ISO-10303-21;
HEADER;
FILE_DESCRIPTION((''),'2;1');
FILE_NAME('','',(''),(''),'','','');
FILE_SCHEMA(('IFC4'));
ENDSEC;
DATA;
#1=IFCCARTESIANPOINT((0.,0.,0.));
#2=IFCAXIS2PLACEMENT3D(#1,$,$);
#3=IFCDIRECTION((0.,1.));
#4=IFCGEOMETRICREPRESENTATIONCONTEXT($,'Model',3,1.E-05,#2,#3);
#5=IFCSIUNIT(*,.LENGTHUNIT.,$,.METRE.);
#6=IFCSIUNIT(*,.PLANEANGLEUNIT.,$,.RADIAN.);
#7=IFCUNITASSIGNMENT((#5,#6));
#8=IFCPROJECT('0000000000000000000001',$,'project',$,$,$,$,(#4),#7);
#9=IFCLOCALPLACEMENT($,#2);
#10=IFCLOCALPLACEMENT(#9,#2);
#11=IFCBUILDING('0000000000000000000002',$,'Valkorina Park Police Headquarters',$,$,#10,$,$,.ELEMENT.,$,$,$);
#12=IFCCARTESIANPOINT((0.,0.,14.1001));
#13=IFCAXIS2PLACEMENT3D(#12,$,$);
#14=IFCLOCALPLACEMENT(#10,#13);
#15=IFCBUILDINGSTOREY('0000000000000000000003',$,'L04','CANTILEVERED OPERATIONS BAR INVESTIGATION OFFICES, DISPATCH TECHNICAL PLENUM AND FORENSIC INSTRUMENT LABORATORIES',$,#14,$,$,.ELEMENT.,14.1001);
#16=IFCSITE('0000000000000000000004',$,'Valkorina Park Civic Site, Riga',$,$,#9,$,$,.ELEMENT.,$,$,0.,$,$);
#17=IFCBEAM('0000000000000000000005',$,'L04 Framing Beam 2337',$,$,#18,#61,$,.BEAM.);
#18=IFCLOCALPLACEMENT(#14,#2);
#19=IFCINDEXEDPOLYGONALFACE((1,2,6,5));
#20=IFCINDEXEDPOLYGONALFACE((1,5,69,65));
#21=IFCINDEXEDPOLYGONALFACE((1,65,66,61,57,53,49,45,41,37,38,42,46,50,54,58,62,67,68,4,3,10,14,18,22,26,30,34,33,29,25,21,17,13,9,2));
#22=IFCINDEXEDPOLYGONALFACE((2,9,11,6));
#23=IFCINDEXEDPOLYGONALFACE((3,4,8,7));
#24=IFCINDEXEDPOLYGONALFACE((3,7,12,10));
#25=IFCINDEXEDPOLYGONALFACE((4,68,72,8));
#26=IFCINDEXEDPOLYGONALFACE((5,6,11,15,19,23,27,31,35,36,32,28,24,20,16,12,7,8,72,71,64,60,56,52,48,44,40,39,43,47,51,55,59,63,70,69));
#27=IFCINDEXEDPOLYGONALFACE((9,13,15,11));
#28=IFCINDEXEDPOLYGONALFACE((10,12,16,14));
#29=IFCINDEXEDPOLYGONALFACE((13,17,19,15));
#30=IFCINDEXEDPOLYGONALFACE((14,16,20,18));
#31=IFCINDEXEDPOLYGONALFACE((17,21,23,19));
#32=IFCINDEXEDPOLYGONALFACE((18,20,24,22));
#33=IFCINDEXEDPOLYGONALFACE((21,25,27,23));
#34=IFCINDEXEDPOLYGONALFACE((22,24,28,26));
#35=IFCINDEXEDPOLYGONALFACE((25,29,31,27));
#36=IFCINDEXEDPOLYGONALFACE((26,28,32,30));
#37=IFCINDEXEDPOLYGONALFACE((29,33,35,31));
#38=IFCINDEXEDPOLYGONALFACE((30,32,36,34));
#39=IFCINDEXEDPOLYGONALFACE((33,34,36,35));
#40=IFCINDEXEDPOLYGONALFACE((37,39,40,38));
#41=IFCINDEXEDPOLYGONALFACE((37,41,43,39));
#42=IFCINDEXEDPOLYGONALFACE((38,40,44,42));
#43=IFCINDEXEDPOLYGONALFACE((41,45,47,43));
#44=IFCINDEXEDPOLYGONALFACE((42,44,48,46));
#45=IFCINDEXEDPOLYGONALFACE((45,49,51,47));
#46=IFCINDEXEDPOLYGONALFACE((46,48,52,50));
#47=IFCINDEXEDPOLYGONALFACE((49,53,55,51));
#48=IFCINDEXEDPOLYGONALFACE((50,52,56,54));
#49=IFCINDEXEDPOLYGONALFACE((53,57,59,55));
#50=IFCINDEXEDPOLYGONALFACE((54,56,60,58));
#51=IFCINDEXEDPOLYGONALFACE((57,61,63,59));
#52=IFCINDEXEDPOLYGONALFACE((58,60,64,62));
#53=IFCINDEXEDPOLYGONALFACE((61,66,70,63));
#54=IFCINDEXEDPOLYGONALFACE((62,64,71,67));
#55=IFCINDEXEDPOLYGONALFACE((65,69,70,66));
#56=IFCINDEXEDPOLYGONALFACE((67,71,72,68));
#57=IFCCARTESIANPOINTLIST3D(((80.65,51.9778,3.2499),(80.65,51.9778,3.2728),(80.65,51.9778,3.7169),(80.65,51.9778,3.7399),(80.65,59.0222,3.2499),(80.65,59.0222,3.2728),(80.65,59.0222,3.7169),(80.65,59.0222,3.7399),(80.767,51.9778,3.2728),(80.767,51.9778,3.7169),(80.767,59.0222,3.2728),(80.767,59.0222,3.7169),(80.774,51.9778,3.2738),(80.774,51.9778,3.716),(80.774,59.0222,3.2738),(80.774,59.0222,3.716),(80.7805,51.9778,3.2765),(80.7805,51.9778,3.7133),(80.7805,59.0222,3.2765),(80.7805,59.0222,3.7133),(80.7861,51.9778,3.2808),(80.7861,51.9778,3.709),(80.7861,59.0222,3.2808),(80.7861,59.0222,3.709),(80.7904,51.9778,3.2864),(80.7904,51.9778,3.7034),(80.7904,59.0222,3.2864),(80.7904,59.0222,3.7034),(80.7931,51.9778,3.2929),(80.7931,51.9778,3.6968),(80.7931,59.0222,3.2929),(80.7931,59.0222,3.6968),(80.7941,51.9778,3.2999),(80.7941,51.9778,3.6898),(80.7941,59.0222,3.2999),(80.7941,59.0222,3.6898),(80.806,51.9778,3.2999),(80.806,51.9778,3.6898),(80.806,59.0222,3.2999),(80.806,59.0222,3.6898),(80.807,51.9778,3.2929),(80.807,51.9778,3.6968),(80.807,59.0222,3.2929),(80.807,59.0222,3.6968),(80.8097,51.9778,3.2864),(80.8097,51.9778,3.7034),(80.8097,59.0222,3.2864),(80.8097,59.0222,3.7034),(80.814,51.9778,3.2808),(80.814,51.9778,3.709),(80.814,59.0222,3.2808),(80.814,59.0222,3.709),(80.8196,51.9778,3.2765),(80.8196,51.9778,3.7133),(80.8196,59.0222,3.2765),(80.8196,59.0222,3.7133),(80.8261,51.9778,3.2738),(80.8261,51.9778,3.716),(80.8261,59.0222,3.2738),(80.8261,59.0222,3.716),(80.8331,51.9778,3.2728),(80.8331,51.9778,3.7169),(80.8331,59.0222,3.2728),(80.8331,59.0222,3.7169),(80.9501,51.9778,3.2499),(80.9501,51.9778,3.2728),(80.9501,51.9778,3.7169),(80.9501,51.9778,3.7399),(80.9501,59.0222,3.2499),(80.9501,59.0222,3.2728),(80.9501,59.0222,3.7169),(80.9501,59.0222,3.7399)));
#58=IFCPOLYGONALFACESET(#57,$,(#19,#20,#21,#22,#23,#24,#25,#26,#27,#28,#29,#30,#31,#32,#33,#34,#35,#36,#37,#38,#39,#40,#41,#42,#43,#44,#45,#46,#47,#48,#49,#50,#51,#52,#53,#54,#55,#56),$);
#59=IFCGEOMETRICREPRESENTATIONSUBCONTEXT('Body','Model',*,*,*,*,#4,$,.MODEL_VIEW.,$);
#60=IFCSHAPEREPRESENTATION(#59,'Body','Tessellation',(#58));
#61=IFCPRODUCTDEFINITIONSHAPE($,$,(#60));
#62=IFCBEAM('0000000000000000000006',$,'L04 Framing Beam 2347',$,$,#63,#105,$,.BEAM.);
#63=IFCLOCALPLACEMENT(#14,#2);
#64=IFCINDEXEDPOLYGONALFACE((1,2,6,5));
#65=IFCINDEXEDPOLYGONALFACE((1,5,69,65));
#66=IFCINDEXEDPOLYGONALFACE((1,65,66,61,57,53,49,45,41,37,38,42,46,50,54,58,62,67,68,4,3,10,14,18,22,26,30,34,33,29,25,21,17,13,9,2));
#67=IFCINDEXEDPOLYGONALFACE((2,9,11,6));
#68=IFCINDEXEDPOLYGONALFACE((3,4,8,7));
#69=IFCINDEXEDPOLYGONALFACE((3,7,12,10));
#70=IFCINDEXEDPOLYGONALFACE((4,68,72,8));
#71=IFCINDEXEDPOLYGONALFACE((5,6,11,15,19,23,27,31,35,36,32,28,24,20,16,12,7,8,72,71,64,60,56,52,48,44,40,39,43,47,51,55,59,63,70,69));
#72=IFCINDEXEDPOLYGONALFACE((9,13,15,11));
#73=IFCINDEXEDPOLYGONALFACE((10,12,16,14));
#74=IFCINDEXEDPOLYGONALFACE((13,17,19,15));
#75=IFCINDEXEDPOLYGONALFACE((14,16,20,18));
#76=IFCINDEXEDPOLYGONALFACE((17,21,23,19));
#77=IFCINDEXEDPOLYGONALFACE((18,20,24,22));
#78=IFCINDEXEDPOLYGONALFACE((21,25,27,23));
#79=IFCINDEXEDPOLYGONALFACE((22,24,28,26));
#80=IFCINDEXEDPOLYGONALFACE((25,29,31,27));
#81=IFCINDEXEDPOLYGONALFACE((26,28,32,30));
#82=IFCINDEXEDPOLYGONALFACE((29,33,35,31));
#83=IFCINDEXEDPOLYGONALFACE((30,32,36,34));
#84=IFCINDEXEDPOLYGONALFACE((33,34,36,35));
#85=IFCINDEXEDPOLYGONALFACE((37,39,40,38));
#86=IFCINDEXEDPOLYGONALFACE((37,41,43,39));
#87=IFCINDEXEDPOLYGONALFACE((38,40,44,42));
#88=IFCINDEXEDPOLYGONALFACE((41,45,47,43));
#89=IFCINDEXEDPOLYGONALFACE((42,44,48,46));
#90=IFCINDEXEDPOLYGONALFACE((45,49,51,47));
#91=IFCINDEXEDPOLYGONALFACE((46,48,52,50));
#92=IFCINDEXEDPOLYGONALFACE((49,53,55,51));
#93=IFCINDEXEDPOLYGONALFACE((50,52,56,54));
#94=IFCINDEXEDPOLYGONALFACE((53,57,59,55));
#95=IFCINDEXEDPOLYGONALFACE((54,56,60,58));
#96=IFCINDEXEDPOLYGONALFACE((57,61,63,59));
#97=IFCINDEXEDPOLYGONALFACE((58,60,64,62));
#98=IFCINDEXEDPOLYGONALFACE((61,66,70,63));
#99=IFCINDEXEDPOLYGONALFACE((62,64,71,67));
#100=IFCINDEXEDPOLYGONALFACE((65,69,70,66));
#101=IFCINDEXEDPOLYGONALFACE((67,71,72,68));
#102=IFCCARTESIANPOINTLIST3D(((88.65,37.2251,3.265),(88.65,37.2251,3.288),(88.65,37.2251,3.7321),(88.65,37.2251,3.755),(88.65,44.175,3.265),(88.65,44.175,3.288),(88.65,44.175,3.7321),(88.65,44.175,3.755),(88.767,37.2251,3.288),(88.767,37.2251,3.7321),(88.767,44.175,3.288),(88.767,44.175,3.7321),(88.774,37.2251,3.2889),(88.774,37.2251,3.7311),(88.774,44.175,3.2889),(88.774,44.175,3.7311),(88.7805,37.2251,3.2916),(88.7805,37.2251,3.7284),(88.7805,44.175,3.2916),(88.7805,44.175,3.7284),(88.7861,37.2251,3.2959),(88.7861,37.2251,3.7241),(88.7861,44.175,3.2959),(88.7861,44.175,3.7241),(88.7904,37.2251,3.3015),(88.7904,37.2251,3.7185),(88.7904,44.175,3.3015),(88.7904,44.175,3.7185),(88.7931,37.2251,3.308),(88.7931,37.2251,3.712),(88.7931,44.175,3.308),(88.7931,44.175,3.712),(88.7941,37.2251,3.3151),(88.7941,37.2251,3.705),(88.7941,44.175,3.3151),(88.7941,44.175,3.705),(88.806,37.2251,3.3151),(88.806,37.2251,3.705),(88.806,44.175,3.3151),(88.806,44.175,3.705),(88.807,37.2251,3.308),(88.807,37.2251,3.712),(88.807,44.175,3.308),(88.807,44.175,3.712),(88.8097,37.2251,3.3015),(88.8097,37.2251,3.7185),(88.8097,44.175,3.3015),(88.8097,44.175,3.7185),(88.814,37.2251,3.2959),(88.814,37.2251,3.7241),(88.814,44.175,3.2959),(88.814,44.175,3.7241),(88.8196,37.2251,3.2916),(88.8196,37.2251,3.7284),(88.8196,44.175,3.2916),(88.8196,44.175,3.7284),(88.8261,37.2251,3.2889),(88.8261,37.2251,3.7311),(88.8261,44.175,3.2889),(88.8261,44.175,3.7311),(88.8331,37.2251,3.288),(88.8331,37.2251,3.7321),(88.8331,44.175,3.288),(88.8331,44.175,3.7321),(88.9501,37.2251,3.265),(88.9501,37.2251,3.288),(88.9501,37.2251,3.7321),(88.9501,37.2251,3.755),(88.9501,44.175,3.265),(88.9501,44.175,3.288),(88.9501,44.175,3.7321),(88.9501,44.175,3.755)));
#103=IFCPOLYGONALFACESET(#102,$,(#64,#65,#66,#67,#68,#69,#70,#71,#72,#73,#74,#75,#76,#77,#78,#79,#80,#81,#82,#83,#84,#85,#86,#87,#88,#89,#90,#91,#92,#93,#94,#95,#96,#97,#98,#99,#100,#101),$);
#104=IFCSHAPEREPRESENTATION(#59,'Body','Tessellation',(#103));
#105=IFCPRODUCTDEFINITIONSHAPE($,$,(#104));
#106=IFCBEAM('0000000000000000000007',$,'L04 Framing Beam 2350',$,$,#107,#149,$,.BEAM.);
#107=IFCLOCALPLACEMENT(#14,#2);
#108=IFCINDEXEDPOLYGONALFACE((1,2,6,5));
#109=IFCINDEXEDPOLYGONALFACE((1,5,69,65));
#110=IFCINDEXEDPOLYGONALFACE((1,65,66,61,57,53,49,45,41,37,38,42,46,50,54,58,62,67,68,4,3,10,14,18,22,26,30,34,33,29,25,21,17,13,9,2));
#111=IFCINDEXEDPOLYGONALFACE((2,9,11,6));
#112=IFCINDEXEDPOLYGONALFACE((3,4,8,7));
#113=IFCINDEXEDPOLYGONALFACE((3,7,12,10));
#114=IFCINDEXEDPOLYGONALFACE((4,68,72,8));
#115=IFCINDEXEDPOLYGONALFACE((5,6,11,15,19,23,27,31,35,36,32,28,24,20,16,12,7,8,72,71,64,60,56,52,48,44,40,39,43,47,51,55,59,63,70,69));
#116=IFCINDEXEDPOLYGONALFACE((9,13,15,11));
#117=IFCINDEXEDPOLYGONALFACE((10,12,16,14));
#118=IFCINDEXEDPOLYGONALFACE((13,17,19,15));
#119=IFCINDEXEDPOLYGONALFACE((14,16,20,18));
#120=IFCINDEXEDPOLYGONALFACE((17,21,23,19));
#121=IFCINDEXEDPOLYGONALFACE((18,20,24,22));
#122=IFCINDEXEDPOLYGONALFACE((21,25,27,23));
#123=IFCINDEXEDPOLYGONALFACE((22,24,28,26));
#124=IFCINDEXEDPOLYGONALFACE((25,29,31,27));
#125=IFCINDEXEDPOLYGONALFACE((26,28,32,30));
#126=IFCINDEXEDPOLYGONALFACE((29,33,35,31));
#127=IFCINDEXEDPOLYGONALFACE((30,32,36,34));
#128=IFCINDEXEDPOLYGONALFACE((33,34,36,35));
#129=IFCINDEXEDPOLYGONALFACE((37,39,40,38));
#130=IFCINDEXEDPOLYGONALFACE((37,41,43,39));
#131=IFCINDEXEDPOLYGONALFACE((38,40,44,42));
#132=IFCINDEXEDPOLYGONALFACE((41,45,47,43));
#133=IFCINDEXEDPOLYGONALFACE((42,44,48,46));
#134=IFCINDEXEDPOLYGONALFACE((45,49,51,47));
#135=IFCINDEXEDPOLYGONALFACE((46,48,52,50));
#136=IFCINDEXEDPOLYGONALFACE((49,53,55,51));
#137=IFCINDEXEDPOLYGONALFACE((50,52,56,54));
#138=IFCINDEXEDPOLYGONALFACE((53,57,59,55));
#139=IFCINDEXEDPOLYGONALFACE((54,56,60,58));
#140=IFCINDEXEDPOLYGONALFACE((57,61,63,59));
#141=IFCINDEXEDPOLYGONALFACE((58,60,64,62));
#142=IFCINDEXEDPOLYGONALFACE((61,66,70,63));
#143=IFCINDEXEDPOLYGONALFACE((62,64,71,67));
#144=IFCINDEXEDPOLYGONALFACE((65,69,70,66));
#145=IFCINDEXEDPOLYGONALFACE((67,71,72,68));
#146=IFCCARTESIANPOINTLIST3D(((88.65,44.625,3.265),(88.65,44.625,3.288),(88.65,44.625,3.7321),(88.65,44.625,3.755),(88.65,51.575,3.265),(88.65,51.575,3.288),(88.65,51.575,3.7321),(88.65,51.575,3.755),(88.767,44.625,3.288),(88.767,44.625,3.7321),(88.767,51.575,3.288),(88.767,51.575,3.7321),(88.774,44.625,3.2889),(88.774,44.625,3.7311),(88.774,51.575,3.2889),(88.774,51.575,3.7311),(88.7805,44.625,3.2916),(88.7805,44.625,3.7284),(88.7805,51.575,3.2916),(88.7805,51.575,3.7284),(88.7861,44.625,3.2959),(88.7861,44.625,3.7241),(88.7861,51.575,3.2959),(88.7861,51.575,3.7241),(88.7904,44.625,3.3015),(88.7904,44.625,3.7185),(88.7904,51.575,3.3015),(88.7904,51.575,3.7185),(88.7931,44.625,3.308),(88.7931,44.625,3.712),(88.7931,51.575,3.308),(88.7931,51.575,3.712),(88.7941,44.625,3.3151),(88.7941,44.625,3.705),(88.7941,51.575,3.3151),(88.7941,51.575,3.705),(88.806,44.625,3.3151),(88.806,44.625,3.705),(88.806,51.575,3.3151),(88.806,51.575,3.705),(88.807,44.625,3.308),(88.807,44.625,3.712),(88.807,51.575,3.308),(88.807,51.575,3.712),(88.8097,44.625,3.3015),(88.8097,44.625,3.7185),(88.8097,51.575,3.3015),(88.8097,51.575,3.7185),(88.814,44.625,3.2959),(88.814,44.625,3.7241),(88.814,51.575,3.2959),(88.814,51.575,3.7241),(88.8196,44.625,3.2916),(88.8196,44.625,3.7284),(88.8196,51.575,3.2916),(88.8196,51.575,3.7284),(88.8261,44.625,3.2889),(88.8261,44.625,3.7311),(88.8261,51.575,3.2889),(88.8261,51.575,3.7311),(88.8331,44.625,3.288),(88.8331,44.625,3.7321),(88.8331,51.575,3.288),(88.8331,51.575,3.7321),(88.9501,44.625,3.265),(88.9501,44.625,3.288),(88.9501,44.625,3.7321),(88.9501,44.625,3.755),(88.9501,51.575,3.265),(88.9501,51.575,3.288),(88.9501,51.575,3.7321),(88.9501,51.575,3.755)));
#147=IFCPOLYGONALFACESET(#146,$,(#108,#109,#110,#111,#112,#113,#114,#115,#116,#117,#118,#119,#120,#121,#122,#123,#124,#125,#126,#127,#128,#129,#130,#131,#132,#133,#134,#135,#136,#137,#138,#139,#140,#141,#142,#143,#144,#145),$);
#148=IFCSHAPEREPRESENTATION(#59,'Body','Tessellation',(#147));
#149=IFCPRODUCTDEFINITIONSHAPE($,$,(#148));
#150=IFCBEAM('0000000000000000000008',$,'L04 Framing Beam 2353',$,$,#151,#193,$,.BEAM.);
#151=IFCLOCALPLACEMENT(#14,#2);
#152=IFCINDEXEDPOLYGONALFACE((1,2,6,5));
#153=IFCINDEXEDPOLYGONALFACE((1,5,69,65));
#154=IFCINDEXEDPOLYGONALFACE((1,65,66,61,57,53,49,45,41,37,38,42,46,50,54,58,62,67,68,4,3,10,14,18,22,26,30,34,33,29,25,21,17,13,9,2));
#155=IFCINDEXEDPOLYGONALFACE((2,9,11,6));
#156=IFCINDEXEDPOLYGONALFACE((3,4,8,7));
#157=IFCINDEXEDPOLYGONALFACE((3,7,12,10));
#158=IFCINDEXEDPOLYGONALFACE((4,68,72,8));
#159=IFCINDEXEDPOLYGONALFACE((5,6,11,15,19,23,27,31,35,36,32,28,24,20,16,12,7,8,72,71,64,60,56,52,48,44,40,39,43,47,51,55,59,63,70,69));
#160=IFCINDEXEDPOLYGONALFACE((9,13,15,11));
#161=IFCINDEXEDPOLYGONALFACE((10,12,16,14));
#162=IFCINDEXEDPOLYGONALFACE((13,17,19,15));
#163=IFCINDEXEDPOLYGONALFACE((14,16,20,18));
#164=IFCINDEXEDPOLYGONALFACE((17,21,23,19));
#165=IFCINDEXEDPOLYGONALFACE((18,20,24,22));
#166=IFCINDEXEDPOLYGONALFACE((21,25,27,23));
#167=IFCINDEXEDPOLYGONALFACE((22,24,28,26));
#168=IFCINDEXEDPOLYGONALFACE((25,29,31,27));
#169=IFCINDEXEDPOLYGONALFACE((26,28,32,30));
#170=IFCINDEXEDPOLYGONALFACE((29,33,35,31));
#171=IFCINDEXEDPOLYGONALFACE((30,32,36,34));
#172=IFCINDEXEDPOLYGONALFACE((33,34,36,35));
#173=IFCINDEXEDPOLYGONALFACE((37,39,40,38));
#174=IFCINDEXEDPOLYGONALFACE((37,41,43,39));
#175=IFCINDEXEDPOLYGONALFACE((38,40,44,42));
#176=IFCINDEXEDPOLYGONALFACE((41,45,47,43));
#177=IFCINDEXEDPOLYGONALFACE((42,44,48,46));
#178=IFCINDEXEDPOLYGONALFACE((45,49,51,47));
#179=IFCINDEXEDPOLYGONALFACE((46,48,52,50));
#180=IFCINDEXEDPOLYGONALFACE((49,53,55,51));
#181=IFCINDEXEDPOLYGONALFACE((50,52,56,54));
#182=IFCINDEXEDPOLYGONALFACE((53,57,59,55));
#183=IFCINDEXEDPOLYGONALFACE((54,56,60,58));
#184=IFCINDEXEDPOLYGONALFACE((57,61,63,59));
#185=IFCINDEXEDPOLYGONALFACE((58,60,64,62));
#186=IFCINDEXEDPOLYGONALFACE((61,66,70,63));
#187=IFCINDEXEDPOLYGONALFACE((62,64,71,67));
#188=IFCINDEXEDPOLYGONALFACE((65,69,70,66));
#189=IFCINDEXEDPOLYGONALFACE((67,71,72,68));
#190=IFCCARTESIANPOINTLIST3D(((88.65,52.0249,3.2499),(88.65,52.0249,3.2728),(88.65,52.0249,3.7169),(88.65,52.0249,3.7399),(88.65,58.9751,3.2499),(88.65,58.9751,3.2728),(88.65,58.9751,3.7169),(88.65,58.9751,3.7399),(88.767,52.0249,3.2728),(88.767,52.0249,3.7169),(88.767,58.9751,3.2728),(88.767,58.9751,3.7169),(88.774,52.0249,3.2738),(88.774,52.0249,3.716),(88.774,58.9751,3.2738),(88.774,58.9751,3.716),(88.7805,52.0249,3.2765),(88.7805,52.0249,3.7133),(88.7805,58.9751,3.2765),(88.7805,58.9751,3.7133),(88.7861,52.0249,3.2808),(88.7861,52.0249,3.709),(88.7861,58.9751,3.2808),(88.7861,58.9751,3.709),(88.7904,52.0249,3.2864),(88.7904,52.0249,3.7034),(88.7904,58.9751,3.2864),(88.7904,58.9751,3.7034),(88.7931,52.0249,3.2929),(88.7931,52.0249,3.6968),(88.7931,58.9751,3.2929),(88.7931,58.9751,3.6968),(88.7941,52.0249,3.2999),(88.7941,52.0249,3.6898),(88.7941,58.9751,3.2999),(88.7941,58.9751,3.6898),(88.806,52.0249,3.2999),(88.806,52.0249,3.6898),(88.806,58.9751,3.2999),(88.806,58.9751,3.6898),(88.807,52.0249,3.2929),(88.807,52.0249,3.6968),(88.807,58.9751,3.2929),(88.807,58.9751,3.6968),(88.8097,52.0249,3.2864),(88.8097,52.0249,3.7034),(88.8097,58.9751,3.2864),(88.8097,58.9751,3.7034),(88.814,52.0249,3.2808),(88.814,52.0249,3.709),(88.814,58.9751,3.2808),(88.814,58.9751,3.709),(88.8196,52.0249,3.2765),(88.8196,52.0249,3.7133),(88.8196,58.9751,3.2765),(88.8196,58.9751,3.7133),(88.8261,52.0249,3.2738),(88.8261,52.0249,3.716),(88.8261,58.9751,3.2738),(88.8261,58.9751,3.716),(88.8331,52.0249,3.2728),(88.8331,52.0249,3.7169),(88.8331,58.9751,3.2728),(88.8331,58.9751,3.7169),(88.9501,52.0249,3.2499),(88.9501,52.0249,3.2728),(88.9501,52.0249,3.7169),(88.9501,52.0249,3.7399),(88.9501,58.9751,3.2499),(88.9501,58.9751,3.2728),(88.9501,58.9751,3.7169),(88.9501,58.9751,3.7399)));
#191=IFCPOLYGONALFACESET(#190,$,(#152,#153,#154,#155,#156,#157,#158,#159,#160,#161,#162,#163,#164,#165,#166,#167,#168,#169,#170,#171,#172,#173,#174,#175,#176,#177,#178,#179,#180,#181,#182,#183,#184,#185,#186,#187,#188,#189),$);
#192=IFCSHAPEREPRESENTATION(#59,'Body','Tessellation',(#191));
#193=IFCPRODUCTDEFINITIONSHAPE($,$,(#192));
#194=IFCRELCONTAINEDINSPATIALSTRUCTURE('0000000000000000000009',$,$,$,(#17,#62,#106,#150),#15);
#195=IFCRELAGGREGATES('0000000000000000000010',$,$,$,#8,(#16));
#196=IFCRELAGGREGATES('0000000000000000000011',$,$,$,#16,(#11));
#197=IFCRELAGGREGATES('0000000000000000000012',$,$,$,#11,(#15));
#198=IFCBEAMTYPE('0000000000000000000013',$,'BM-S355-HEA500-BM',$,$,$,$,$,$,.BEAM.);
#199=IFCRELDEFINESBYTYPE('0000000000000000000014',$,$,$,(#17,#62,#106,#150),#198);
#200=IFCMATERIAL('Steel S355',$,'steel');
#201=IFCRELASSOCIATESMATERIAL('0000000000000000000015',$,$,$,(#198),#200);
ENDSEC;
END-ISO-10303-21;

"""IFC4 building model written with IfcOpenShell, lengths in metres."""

from ifc_helpers import new_model, si_unit, direction, frame, origin, origin_2d, place, context, subcontext, project, spatial, i_section, extrude, material, material_profile, profile_set, type_object, element, save


model = new_model("IFC4")

# Units and contexts
model_context = context("Model", 3, precision=1e-05, world=origin(), true_north=direction((0.0, 1.0)))
body_context = subcontext(model_context, "Body", "Model", "MODEL_VIEW")
ifc_project = project(units=[si_unit("LENGTHUNIT", "METRE"), si_unit("PLANEANGLEUNIT", "RADIAN")], contexts=[model_context])

# Site, building, storey
site_placement = place(None, origin())
site = spatial("IfcSite", under=ifc_project, at=site_placement, Name="Valkorina Park Civic Site, Riga", CompositionType="ELEMENT", RefElevation=0.0)
building_placement = place(site_placement, origin())
building = spatial("IfcBuilding", under=site, at=building_placement, Name="Valkorina Park Police Headquarters", CompositionType="ELEMENT")
storey_placement = place(building_placement, frame((0.0, 0.0, 14.1001)))
storey = spatial("IfcBuildingStorey", under=building, at=storey_placement, Name="L04", Description="CANTILEVERED OPERATIONS BAR INVESTIGATION OFFICES, DISPATCH TECHNICAL PLENUM AND FORENSIC INSTRUMENT LABORATORIES", CompositionType="ELEMENT", Elevation=14.1001)

# Shared definitions
ifc_material_1 = material(Name="Steel S355", Category="steel")

# Beams
ifc_material_profile_1 = material_profile(ifc_material_1, i_section(OverallWidth=0.3, OverallDepth=0.49, WebThickness=0.012, FlangeThickness=0.0229, FilletRadius=0.0271, at=origin_2d()), Name="HEA 500")
ifc_profile_set_1 = profile_set([ifc_material_profile_1], Name="Steel S355")
beam_type_1 = type_object("IfcBeamType", Name="BM-S355-HEA500-BM", PredefinedType="BEAM", material=ifc_profile_set_1)
for number, where, z_axis, x_axis, name in (
    (1, (80.8, 51.9778, 3.4949), (0.0, 1.0, 0.0), (-1.0, 0.0, 0.0), "L04 Framing Beam 2337"),
):
    element("IfcBeam", number, at=place(storey_placement, frame(where, z_axis=z_axis, x_axis=x_axis)), inside=storey, type_object=beam_type_1, Name=name, PredefinedType="BEAM", context=body_context, shape_type="SweptSolid", body=[
        extrude(i_section(OverallWidth=0.3, OverallDepth=0.49, WebThickness=0.012, FlangeThickness=0.0229, FilletRadius=0.0271, at=origin_2d()), origin(), (0.0, 0.0, 1.0), 7.0444),
    ])
for number, where, z_axis, x_axis, name in (
    (2, (88.8, 37.2251, 3.51), (0.0, 1.0, 0.0), (-1.0, 0.0, 0.0), "L04 Framing Beam 2347"),
    (3, (88.8, 44.625, 3.51), (0.0, 1.0, 0.0), (-1.0, 0.0, 0.0), "L04 Framing Beam 2350"),
):
    element("IfcBeam", number, at=place(storey_placement, frame(where, z_axis=z_axis, x_axis=x_axis)), inside=storey, type_object=beam_type_1, Name=name, PredefinedType="BEAM", context=body_context, shape_type="SweptSolid", body=[
        extrude(i_section(OverallWidth=0.3, OverallDepth=0.49, WebThickness=0.012, FlangeThickness=0.0229, FilletRadius=0.0271, at=origin_2d()), origin(), (0.0, 0.0, 1.0), 6.95),
    ])
beam_1_placement = place(storey_placement, frame((88.8, 52.0249, 3.4949), z_axis=(0.0, 1.0, 0.0), x_axis=(-1.0, 0.0, 0.0)))
element("IfcBeam", 4, at=beam_1_placement, inside=storey, type_object=beam_type_1, Name="L04 Framing Beam 2353", PredefinedType="BEAM", context=body_context, shape_type="SweptSolid", body=[
    extrude(i_section(OverallWidth=0.3, OverallDepth=0.49, WebThickness=0.012, FlangeThickness=0.0229, FilletRadius=0.0271, at=origin_2d()), origin(), (0.0, 0.0, 1.0), 6.9502),
])

save(model, "model.ifc")
